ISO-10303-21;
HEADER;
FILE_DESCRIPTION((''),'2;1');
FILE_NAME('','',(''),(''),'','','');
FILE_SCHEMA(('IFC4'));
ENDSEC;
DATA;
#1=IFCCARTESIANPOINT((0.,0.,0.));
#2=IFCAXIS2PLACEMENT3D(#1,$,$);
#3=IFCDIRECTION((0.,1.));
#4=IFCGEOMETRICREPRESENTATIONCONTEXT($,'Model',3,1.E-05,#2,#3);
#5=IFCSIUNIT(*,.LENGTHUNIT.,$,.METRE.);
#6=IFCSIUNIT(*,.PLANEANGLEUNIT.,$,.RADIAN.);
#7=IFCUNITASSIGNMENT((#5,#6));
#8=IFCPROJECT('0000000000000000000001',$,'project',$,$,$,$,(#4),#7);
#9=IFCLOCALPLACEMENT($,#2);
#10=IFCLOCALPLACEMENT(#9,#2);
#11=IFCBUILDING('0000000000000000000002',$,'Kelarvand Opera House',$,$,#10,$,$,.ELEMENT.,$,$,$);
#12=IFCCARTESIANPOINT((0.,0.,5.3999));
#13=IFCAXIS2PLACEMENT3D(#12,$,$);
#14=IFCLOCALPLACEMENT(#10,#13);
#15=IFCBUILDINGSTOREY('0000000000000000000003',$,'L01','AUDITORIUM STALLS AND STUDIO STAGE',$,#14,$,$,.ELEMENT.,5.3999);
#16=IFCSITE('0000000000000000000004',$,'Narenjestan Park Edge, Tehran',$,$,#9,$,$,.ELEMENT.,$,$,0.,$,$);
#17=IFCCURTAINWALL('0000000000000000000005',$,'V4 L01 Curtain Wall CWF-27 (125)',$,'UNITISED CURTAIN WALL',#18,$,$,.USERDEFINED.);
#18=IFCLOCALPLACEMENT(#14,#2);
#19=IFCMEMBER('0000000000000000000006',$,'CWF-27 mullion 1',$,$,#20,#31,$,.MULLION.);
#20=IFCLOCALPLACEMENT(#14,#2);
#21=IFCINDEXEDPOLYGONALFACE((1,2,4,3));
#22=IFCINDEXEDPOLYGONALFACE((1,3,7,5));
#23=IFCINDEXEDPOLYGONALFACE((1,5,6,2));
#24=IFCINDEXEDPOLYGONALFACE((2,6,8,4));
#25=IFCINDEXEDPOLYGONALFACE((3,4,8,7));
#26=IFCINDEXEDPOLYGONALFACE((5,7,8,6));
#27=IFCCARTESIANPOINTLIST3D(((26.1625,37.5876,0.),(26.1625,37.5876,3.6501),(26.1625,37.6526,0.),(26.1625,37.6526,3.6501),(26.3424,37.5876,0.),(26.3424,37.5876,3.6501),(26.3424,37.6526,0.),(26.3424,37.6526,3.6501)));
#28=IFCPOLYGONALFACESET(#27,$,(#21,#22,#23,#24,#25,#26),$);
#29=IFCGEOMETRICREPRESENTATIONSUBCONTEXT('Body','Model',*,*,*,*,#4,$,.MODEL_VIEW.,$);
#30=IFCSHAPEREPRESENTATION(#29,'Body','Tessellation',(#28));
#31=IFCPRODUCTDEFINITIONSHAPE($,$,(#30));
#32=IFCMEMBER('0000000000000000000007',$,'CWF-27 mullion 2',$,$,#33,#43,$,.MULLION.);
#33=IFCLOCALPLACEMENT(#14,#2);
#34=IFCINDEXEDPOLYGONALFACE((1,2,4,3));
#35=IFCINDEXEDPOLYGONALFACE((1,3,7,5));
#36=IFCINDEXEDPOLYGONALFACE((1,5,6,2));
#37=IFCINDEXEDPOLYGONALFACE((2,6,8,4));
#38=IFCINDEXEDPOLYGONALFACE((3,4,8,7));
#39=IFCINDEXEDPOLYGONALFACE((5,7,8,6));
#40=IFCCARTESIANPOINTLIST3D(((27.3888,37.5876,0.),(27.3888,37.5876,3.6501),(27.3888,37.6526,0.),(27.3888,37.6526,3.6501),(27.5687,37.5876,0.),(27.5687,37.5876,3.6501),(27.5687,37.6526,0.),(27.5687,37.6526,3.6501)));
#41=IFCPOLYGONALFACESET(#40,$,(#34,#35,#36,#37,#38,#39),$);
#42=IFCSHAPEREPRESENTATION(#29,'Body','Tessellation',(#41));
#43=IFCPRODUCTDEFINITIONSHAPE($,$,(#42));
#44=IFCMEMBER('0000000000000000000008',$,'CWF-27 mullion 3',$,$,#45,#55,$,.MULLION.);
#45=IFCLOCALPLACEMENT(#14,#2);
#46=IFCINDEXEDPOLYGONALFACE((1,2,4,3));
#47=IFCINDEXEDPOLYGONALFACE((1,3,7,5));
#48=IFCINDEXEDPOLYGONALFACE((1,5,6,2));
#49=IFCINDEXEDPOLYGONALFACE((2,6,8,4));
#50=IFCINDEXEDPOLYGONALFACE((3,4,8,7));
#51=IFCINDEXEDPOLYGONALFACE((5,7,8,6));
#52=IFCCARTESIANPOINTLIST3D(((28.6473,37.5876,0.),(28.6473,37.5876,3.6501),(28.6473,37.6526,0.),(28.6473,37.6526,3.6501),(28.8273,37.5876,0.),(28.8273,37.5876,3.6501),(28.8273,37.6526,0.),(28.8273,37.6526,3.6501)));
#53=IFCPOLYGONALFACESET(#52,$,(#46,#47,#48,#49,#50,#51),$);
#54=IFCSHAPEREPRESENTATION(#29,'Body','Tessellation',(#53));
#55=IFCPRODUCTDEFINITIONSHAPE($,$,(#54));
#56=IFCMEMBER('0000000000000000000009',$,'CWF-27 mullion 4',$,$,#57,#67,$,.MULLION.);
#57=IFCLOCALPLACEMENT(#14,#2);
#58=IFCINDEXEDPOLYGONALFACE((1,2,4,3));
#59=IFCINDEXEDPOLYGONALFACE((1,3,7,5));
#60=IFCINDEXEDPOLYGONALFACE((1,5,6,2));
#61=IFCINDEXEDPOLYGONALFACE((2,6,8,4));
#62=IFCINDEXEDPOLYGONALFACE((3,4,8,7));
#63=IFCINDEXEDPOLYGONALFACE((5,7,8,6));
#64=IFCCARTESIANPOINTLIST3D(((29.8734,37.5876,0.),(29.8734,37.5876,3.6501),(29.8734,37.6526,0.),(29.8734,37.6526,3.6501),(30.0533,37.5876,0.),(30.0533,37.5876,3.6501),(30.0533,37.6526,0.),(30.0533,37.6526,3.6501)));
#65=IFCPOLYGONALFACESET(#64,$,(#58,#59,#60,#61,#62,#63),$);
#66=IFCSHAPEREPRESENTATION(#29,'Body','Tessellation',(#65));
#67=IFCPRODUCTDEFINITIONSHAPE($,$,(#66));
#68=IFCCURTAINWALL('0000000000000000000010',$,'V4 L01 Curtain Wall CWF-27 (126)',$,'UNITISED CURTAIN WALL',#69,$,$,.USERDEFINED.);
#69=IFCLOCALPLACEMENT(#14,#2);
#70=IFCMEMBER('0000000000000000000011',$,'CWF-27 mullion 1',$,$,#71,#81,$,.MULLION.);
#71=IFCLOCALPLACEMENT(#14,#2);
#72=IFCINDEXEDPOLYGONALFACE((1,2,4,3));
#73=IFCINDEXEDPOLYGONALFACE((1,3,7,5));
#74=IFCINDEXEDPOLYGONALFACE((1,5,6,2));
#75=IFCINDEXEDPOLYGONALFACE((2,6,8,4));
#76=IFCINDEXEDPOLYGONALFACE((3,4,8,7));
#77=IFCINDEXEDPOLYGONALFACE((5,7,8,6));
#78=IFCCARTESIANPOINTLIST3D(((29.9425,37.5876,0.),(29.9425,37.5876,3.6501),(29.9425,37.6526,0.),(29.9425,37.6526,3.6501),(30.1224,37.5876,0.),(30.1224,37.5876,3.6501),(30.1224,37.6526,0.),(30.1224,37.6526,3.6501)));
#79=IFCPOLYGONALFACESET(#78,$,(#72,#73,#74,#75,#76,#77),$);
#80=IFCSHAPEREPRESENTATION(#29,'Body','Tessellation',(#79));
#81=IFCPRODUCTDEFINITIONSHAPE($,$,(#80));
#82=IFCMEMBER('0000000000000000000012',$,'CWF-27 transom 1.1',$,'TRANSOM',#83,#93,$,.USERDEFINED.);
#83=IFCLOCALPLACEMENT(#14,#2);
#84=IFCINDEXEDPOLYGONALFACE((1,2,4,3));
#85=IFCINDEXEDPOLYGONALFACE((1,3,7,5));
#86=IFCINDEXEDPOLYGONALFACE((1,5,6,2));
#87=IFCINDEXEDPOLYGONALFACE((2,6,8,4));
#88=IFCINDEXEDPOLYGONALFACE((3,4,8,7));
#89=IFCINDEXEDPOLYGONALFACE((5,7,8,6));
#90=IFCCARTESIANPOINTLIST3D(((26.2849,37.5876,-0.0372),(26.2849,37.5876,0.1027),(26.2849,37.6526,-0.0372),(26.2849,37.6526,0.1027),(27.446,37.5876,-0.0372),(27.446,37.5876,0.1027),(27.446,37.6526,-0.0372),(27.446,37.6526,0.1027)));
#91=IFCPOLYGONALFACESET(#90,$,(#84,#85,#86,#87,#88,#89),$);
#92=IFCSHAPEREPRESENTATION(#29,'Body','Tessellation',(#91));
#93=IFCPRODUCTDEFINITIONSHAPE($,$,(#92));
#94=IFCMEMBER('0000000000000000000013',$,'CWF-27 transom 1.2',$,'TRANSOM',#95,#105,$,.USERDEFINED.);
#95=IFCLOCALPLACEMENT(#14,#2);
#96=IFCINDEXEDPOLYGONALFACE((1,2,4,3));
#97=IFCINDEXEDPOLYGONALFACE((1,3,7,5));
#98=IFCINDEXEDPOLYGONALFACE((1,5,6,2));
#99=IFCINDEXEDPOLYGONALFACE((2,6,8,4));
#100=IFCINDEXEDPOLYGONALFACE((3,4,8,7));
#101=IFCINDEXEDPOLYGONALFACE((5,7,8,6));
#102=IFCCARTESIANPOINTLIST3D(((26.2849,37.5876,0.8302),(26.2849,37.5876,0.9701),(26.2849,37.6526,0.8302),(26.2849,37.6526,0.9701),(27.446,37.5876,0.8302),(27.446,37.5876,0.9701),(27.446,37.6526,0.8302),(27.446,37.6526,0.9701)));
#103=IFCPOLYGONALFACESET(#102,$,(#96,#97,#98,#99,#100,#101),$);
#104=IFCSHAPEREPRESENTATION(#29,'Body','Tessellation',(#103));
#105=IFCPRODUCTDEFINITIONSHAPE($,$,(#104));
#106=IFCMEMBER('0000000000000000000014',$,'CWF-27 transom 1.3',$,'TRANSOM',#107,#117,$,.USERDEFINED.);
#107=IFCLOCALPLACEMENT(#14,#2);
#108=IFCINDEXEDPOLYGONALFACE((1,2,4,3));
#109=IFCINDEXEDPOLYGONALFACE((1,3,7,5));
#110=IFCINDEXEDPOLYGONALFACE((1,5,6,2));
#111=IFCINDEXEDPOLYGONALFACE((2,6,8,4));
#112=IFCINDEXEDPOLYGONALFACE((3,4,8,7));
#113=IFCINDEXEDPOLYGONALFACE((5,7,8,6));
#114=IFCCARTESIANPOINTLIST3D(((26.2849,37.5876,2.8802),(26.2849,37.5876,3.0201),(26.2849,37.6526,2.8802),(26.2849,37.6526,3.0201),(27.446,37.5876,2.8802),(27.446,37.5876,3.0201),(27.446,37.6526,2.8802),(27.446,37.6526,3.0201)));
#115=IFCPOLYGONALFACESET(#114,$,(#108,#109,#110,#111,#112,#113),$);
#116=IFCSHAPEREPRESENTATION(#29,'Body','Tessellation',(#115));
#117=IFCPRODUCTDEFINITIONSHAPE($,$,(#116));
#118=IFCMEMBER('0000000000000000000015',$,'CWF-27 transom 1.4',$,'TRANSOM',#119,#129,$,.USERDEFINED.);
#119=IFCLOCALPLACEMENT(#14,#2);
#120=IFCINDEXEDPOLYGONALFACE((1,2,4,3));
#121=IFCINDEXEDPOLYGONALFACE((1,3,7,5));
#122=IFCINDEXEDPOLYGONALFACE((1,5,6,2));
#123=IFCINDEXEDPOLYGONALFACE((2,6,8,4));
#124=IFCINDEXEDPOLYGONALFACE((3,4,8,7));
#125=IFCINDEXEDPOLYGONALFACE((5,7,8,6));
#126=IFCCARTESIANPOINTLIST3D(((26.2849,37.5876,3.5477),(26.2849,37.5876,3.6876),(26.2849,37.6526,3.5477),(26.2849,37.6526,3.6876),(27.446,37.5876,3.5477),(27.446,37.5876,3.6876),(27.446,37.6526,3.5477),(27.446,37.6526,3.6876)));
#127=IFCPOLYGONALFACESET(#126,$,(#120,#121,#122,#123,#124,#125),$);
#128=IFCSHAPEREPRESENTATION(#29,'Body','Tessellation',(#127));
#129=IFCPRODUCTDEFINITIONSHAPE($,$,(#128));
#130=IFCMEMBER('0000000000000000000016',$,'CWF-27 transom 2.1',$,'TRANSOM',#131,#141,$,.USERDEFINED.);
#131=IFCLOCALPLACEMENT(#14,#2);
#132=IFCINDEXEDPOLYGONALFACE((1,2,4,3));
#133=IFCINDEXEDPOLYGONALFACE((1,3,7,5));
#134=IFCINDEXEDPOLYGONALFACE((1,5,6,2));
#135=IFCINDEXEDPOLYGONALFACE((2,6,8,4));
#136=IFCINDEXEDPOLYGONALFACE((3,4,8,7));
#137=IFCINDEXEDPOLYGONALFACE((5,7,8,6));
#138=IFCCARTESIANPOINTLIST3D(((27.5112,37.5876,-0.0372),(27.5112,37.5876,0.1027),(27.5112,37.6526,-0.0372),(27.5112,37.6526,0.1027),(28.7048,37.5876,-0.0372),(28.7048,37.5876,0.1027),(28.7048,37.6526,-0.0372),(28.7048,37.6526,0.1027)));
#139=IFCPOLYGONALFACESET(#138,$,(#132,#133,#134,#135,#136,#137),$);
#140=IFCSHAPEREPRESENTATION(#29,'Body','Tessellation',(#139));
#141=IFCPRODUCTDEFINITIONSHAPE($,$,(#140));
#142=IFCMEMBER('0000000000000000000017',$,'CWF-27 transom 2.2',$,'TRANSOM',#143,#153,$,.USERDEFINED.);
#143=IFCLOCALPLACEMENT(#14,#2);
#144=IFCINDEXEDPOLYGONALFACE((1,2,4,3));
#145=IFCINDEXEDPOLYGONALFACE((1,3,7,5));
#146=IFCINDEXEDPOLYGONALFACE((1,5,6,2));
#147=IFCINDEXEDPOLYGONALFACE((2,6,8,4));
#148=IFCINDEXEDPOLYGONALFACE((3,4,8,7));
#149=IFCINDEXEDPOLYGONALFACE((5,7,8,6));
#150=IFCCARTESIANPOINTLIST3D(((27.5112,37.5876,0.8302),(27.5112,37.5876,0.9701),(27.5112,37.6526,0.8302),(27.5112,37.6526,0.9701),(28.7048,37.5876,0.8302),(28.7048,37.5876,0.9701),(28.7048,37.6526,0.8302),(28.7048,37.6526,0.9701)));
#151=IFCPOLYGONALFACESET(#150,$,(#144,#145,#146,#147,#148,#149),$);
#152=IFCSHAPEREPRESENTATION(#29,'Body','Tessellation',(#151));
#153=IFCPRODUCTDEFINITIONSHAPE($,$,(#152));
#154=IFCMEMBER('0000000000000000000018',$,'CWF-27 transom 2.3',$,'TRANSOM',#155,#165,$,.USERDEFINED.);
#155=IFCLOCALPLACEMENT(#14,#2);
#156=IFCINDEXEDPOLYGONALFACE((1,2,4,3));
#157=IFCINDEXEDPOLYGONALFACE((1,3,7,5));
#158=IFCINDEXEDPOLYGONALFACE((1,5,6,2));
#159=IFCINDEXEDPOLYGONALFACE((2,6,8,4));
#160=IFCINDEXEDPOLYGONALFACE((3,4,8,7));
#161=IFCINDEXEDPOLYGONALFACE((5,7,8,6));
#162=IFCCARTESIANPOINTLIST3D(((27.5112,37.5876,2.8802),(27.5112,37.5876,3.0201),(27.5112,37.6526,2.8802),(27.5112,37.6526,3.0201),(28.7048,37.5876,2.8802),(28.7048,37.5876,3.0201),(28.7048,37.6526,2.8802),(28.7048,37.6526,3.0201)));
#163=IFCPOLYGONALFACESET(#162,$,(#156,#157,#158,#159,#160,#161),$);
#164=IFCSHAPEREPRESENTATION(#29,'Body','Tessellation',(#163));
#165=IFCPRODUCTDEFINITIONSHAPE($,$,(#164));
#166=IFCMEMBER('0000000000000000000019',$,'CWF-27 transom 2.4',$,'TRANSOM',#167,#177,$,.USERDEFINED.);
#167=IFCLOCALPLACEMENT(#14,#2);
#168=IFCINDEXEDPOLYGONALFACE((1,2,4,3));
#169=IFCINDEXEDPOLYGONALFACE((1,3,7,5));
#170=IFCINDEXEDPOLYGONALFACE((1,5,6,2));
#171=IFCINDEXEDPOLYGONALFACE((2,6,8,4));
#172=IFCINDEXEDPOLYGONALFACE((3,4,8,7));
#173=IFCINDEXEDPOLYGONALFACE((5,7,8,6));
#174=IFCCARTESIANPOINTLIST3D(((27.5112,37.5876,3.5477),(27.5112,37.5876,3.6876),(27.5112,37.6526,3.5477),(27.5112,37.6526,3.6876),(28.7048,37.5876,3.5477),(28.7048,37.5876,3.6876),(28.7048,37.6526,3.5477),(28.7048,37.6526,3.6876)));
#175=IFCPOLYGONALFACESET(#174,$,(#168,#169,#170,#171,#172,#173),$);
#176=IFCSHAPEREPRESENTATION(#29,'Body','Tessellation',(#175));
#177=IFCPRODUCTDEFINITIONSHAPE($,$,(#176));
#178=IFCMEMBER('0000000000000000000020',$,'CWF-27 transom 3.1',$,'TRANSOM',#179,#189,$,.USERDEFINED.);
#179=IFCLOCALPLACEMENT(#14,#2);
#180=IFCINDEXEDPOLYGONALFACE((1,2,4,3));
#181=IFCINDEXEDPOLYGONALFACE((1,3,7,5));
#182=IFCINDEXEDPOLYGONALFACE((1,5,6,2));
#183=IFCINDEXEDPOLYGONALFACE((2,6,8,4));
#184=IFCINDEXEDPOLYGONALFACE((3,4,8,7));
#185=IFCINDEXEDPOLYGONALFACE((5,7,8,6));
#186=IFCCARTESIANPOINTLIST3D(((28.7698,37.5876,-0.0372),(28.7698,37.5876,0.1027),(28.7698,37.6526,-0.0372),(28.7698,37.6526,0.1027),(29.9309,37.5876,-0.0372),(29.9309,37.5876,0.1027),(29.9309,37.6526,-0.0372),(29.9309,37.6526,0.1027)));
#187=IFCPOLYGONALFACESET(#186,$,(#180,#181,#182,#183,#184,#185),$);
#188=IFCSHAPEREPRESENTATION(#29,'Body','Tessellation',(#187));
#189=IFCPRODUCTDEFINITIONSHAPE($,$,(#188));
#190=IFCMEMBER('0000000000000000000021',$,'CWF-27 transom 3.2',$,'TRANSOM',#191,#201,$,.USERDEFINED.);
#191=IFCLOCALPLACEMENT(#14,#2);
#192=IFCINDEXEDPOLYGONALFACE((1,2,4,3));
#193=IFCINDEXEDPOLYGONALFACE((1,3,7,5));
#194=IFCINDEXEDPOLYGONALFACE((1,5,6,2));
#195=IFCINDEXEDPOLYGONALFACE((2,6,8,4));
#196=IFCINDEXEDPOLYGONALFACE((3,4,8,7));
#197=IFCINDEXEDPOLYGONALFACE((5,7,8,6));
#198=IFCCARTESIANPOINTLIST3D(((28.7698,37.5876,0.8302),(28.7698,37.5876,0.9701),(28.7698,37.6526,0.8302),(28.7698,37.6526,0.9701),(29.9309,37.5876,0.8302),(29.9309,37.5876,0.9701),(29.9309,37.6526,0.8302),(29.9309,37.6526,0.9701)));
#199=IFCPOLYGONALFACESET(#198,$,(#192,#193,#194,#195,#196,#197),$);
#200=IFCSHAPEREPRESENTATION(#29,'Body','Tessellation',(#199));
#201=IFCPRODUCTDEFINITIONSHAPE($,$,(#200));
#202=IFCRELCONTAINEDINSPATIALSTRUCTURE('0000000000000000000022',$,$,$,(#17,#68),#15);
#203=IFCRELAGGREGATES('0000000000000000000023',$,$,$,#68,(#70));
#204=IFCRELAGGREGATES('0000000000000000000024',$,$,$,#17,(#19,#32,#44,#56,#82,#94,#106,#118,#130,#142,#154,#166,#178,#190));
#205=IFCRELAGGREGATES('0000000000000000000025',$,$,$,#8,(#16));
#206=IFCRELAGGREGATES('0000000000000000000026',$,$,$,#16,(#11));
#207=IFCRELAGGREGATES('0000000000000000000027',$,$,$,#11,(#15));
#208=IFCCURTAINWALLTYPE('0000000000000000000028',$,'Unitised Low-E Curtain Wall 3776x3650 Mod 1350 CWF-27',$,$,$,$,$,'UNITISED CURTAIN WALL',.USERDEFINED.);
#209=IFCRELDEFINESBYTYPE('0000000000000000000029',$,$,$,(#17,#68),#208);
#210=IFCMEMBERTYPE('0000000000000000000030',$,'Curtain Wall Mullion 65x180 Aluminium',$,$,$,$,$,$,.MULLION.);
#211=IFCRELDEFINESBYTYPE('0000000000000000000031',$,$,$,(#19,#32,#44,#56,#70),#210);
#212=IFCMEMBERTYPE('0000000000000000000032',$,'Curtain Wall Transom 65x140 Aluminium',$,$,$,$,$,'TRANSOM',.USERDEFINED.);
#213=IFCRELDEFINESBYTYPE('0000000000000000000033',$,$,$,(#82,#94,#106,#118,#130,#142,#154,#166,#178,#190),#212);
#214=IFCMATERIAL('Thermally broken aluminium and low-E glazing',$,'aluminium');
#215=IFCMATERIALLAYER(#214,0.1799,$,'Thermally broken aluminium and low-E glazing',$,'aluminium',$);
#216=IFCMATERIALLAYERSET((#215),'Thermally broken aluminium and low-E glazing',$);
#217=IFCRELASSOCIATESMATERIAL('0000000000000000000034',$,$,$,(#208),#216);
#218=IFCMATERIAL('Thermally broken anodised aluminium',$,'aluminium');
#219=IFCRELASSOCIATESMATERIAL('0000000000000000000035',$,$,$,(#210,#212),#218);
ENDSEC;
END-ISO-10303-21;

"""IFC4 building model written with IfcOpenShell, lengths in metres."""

from ifc_helpers import new_model, si_unit, direction, frame, origin, origin_2d, place, context, subcontext, project, spatial, rectangle, extrude, material, layer, layer_set, material_profile, profile_set, type_object, element, aggregate, save


model = new_model("IFC4")

# Units and contexts
model_context = context("Model", 3, precision=1e-05, world=origin(), true_north=direction((0.0, 1.0)))
body_context = subcontext(model_context, "Body", "Model", "MODEL_VIEW")
ifc_project = project(units=[si_unit("LENGTHUNIT", "METRE"), si_unit("PLANEANGLEUNIT", "RADIAN")], contexts=[model_context])

# Site, building, storey
site_placement = place(None, origin())
site = spatial("IfcSite", under=ifc_project, at=site_placement, Name="Narenjestan Park Edge, Tehran", CompositionType="ELEMENT", RefElevation=0.0)
building_placement = place(site_placement, origin())
building = spatial("IfcBuilding", under=site, at=building_placement, Name="Kelarvand Opera House", CompositionType="ELEMENT")
storey_placement = place(building_placement, frame((0.0, 0.0, 5.3999)))
storey = spatial("IfcBuildingStorey", under=building, at=storey_placement, Name="L01", Description="AUDITORIUM STALLS AND STUDIO STAGE", CompositionType="ELEMENT", Elevation=5.3999)

# Curtain wall, members
ifc_material_1 = material(Name="Thermally broken aluminium and low-E glazing", Category="aluminium")
ifc_layer_1 = layer(ifc_material_1, 0.1799, Name="Thermally broken aluminium and low-E glazing", Category="aluminium")
ifc_layer_set_1 = layer_set([ifc_layer_1], Name="Thermally broken aluminium and low-E glazing")
curtain_wall_type = type_object("IfcCurtainWallType", Name="Unitised Low-E Curtain Wall 3776x3650 Mod 1350 CWF-27", ElementType="UNITISED CURTAIN WALL", PredefinedType="USERDEFINED", material=ifc_layer_set_1)
curtain_wall_1_placement = place(storey_placement, origin())
curtain_wall_1 = element("IfcCurtainWall", 1, at=curtain_wall_1_placement, inside=storey, type_object=curtain_wall_type, Name="V4 L01 Curtain Wall CWF-27 (125)", ObjectType="UNITISED CURTAIN WALL", PredefinedType="USERDEFINED")
ifc_material_2 = material(Name="Thermally broken anodised aluminium", Category="aluminium")
ifc_material_profile_1 = material_profile(ifc_material_2, rectangle(XDim=0.0649, YDim=0.1799, at=origin_2d()), Name="ALU MULLION 65x180", Category="aluminium")
ifc_profile_set_1 = profile_set([ifc_material_profile_1], Name="Thermally broken anodised aluminium")
member_type_1 = type_object("IfcMemberType", Name="Curtain Wall Mullion 65x180 Aluminium", PredefinedType="MULLION", material=ifc_profile_set_1)
member_1_placement = place(storey_placement, frame((26.2524, 37.6201, 0.0), z_axis=(0.0, 0.0, 1.0), x_axis=(0.0, 1.0, 0.0)))
member_1 = element("IfcMember", 2, at=member_1_placement, type_object=member_type_1, Name="CWF-27 mullion 1", PredefinedType="MULLION", context=body_context, shape_type="SweptSolid", body=[
    extrude(rectangle(XDim=0.0649, YDim=0.1799, at=origin_2d()), origin(), (0.0, 0.0, 1.0), 3.6501),
])
member_2_placement = place(storey_placement, frame((27.4788, 37.6201, 0.0), z_axis=(0.0, 0.0, 1.0), x_axis=(0.0, 1.0, 0.0)))
member_2 = element("IfcMember", 3, at=member_2_placement, type_object=member_type_1, Name="CWF-27 mullion 2", PredefinedType="MULLION", context=body_context, shape_type="SweptSolid", body=[
    extrude(rectangle(XDim=0.0649, YDim=0.1799, at=origin_2d()), origin(), (0.0, 0.0, 1.0), 3.6501),
])
member_3_placement = place(storey_placement, frame((28.7373, 37.6201, 0.0), z_axis=(0.0, 0.0, 1.0), x_axis=(0.0, 1.0, 0.0)))
member_3 = element("IfcMember", 4, at=member_3_placement, type_object=member_type_1, Name="CWF-27 mullion 3", PredefinedType="MULLION", context=body_context, shape_type="SweptSolid", body=[
    extrude(rectangle(XDim=0.0649, YDim=0.1799, at=origin_2d()), origin(), (0.0, 0.0, 1.0), 3.6501),
])
member_4_placement = place(storey_placement, frame((29.9634, 37.6201, 0.0), z_axis=(0.0, 0.0, 1.0), x_axis=(0.0, 1.0, 0.0)))
member_4 = element("IfcMember", 5, at=member_4_placement, type_object=member_type_1, Name="CWF-27 mullion 4", PredefinedType="MULLION", context=body_context, shape_type="SweptSolid", body=[
    extrude(rectangle(XDim=0.0649, YDim=0.1799, at=origin_2d()), origin(), (0.0, 0.0, 1.0), 3.6501),
])

# Curtain wall, member
curtain_wall_2_placement = place(storey_placement, origin())
curtain_wall_2 = element("IfcCurtainWall", 6, at=curtain_wall_2_placement, inside=storey, type_object=curtain_wall_type, Name="V4 L01 Curtain Wall CWF-27 (126)", ObjectType="UNITISED CURTAIN WALL", PredefinedType="USERDEFINED")
member_5_placement = place(storey_placement, frame((30.0325, 37.6201, 0.0), z_axis=(0.0, 0.0, 1.0), x_axis=(0.0, 1.0, 0.0)))
member_5 = element("IfcMember", 7, at=member_5_placement, type_object=member_type_1, Name="CWF-27 mullion 1", PredefinedType="MULLION", context=body_context, shape_type="SweptSolid", body=[
    extrude(rectangle(XDim=0.0649, YDim=0.1799, at=origin_2d()), origin(), (0.0, 0.0, 1.0), 3.6501),
])

# Members
ifc_material_profile_2 = material_profile(ifc_material_2, rectangle(XDim=0.0649, YDim=0.1399, at=origin_2d()), Name="ALU TRANSOM 65x140", Category="aluminium")
ifc_profile_set_2 = profile_set([ifc_material_profile_2], Name="Thermally broken anodised aluminium")
member_type_2 = type_object("IfcMemberType", Name="Curtain Wall Transom 65x140 Aluminium", ElementType="TRANSOM", PredefinedType="USERDEFINED", material=ifc_profile_set_2)
member_6_placement = place(storey_placement, frame((26.2849, 37.6201, 0.0327), z_axis=(1.0, 0.0, 0.0), x_axis=(0.0, 1.0, 0.0)))
member_6 = element("IfcMember", 8, at=member_6_placement, type_object=member_type_2, Name="CWF-27 transom 1.1", ObjectType="TRANSOM", PredefinedType="USERDEFINED", context=body_context, shape_type="SweptSolid", body=[
    extrude(rectangle(XDim=0.0649, YDim=0.1399, at=origin_2d()), origin(), (0.0, 0.0, 1.0), 1.1611),
])
member_7_placement = place(storey_placement, frame((26.2849, 37.6201, 0.9001), z_axis=(1.0, 0.0, 0.0), x_axis=(0.0, 1.0, 0.0)))
member_7 = element("IfcMember", 9, at=member_7_placement, type_object=member_type_2, Name="CWF-27 transom 1.2", ObjectType="TRANSOM", PredefinedType="USERDEFINED", context=body_context, shape_type="SweptSolid", body=[
    extrude(rectangle(XDim=0.0649, YDim=0.1399, at=origin_2d()), origin(), (0.0, 0.0, 1.0), 1.1611),
])
member_8_placement = place(storey_placement, frame((26.2849, 37.6201, 2.9502), z_axis=(1.0, 0.0, 0.0), x_axis=(0.0, 1.0, 0.0)))
member_8 = element("IfcMember", 10, at=member_8_placement, type_object=member_type_2, Name="CWF-27 transom 1.3", ObjectType="TRANSOM", PredefinedType="USERDEFINED", context=body_context, shape_type="SweptSolid", body=[
    extrude(rectangle(XDim=0.0649, YDim=0.1399, at=origin_2d()), origin(), (0.0, 0.0, 1.0), 1.1611),
])
member_9_placement = place(storey_placement, frame((26.2849, 37.6201, 3.6177), z_axis=(1.0, 0.0, 0.0), x_axis=(0.0, 1.0, 0.0)))
member_9 = element("IfcMember", 11, at=member_9_placement, type_object=member_type_2, Name="CWF-27 transom 1.4", ObjectType="TRANSOM", PredefinedType="USERDEFINED", context=body_context, shape_type="SweptSolid", body=[
    extrude(rectangle(XDim=0.0649, YDim=0.1399, at=origin_2d()), origin(), (0.0, 0.0, 1.0), 1.1611),
])
member_10_placement = place(storey_placement, frame((27.5112, 37.6201, 0.0327), z_axis=(1.0, 0.0, 0.0), x_axis=(0.0, 1.0, 0.0)))
member_10 = element("IfcMember", 12, at=member_10_placement, type_object=member_type_2, Name="CWF-27 transom 2.1", ObjectType="TRANSOM", PredefinedType="USERDEFINED", context=body_context, shape_type="SweptSolid", body=[
    extrude(rectangle(XDim=0.0649, YDim=0.1399, at=origin_2d()), origin(), (0.0, 0.0, 1.0), 1.1936),
])
member_11_placement = place(storey_placement, frame((27.5112, 37.6201, 0.9001), z_axis=(1.0, 0.0, 0.0), x_axis=(0.0, 1.0, 0.0)))
member_11 = element("IfcMember", 13, at=member_11_placement, type_object=member_type_2, Name="CWF-27 transom 2.2", ObjectType="TRANSOM", PredefinedType="USERDEFINED", context=body_context, shape_type="SweptSolid", body=[
    extrude(rectangle(XDim=0.0649, YDim=0.1399, at=origin_2d()), origin(), (0.0, 0.0, 1.0), 1.1936),
])
member_12_placement = place(storey_placement, frame((27.5112, 37.6201, 2.9502), z_axis=(1.0, 0.0, 0.0), x_axis=(0.0, 1.0, 0.0)))
member_12 = element("IfcMember", 14, at=member_12_placement, type_object=member_type_2, Name="CWF-27 transom 2.3", ObjectType="TRANSOM", PredefinedType="USERDEFINED", context=body_context, shape_type="SweptSolid", body=[
    extrude(rectangle(XDim=0.0649, YDim=0.1399, at=origin_2d()), origin(), (0.0, 0.0, 1.0), 1.1936),
])
member_13_placement = place(storey_placement, frame((27.5112, 37.6201, 3.6177), z_axis=(1.0, 0.0, 0.0), x_axis=(0.0, 1.0, 0.0)))
member_13 = element("IfcMember", 15, at=member_13_placement, type_object=member_type_2, Name="CWF-27 transom 2.4", ObjectType="TRANSOM", PredefinedType="USERDEFINED", context=body_context, shape_type="SweptSolid", body=[
    extrude(rectangle(XDim=0.0649, YDim=0.1399, at=origin_2d()), origin(), (0.0, 0.0, 1.0), 1.1936),
])
member_14_placement = place(storey_placement, frame((28.7698, 37.6201, 0.0327), z_axis=(1.0, 0.0, 0.0), x_axis=(0.0, 1.0, 0.0)))
member_14 = element("IfcMember", 16, at=member_14_placement, type_object=member_type_2, Name="CWF-27 transom 3.1", ObjectType="TRANSOM", PredefinedType="USERDEFINED", context=body_context, shape_type="SweptSolid", body=[
    extrude(rectangle(XDim=0.0649, YDim=0.1399, at=origin_2d()), origin(), (0.0, 0.0, 1.0), 1.1611),
])
member_15_placement = place(storey_placement, frame((28.7698, 37.6201, 0.9001), z_axis=(1.0, 0.0, 0.0), x_axis=(0.0, 1.0, 0.0)))
member_15 = element("IfcMember", 17, at=member_15_placement, type_object=member_type_2, Name="CWF-27 transom 3.2", ObjectType="TRANSOM", PredefinedType="USERDEFINED", context=body_context, shape_type="SweptSolid", body=[
    extrude(rectangle(XDim=0.0649, YDim=0.1399, at=origin_2d()), origin(), (0.0, 0.0, 1.0), 1.1611),
])
aggregate(curtain_wall_2, [member_5])

aggregate(curtain_wall_1, [member_1, member_2, member_3, member_4, member_6, member_7, member_8, member_9, member_10, member_11, member_12, member_13, member_14, member_15])

save(model, "model.ifc")
